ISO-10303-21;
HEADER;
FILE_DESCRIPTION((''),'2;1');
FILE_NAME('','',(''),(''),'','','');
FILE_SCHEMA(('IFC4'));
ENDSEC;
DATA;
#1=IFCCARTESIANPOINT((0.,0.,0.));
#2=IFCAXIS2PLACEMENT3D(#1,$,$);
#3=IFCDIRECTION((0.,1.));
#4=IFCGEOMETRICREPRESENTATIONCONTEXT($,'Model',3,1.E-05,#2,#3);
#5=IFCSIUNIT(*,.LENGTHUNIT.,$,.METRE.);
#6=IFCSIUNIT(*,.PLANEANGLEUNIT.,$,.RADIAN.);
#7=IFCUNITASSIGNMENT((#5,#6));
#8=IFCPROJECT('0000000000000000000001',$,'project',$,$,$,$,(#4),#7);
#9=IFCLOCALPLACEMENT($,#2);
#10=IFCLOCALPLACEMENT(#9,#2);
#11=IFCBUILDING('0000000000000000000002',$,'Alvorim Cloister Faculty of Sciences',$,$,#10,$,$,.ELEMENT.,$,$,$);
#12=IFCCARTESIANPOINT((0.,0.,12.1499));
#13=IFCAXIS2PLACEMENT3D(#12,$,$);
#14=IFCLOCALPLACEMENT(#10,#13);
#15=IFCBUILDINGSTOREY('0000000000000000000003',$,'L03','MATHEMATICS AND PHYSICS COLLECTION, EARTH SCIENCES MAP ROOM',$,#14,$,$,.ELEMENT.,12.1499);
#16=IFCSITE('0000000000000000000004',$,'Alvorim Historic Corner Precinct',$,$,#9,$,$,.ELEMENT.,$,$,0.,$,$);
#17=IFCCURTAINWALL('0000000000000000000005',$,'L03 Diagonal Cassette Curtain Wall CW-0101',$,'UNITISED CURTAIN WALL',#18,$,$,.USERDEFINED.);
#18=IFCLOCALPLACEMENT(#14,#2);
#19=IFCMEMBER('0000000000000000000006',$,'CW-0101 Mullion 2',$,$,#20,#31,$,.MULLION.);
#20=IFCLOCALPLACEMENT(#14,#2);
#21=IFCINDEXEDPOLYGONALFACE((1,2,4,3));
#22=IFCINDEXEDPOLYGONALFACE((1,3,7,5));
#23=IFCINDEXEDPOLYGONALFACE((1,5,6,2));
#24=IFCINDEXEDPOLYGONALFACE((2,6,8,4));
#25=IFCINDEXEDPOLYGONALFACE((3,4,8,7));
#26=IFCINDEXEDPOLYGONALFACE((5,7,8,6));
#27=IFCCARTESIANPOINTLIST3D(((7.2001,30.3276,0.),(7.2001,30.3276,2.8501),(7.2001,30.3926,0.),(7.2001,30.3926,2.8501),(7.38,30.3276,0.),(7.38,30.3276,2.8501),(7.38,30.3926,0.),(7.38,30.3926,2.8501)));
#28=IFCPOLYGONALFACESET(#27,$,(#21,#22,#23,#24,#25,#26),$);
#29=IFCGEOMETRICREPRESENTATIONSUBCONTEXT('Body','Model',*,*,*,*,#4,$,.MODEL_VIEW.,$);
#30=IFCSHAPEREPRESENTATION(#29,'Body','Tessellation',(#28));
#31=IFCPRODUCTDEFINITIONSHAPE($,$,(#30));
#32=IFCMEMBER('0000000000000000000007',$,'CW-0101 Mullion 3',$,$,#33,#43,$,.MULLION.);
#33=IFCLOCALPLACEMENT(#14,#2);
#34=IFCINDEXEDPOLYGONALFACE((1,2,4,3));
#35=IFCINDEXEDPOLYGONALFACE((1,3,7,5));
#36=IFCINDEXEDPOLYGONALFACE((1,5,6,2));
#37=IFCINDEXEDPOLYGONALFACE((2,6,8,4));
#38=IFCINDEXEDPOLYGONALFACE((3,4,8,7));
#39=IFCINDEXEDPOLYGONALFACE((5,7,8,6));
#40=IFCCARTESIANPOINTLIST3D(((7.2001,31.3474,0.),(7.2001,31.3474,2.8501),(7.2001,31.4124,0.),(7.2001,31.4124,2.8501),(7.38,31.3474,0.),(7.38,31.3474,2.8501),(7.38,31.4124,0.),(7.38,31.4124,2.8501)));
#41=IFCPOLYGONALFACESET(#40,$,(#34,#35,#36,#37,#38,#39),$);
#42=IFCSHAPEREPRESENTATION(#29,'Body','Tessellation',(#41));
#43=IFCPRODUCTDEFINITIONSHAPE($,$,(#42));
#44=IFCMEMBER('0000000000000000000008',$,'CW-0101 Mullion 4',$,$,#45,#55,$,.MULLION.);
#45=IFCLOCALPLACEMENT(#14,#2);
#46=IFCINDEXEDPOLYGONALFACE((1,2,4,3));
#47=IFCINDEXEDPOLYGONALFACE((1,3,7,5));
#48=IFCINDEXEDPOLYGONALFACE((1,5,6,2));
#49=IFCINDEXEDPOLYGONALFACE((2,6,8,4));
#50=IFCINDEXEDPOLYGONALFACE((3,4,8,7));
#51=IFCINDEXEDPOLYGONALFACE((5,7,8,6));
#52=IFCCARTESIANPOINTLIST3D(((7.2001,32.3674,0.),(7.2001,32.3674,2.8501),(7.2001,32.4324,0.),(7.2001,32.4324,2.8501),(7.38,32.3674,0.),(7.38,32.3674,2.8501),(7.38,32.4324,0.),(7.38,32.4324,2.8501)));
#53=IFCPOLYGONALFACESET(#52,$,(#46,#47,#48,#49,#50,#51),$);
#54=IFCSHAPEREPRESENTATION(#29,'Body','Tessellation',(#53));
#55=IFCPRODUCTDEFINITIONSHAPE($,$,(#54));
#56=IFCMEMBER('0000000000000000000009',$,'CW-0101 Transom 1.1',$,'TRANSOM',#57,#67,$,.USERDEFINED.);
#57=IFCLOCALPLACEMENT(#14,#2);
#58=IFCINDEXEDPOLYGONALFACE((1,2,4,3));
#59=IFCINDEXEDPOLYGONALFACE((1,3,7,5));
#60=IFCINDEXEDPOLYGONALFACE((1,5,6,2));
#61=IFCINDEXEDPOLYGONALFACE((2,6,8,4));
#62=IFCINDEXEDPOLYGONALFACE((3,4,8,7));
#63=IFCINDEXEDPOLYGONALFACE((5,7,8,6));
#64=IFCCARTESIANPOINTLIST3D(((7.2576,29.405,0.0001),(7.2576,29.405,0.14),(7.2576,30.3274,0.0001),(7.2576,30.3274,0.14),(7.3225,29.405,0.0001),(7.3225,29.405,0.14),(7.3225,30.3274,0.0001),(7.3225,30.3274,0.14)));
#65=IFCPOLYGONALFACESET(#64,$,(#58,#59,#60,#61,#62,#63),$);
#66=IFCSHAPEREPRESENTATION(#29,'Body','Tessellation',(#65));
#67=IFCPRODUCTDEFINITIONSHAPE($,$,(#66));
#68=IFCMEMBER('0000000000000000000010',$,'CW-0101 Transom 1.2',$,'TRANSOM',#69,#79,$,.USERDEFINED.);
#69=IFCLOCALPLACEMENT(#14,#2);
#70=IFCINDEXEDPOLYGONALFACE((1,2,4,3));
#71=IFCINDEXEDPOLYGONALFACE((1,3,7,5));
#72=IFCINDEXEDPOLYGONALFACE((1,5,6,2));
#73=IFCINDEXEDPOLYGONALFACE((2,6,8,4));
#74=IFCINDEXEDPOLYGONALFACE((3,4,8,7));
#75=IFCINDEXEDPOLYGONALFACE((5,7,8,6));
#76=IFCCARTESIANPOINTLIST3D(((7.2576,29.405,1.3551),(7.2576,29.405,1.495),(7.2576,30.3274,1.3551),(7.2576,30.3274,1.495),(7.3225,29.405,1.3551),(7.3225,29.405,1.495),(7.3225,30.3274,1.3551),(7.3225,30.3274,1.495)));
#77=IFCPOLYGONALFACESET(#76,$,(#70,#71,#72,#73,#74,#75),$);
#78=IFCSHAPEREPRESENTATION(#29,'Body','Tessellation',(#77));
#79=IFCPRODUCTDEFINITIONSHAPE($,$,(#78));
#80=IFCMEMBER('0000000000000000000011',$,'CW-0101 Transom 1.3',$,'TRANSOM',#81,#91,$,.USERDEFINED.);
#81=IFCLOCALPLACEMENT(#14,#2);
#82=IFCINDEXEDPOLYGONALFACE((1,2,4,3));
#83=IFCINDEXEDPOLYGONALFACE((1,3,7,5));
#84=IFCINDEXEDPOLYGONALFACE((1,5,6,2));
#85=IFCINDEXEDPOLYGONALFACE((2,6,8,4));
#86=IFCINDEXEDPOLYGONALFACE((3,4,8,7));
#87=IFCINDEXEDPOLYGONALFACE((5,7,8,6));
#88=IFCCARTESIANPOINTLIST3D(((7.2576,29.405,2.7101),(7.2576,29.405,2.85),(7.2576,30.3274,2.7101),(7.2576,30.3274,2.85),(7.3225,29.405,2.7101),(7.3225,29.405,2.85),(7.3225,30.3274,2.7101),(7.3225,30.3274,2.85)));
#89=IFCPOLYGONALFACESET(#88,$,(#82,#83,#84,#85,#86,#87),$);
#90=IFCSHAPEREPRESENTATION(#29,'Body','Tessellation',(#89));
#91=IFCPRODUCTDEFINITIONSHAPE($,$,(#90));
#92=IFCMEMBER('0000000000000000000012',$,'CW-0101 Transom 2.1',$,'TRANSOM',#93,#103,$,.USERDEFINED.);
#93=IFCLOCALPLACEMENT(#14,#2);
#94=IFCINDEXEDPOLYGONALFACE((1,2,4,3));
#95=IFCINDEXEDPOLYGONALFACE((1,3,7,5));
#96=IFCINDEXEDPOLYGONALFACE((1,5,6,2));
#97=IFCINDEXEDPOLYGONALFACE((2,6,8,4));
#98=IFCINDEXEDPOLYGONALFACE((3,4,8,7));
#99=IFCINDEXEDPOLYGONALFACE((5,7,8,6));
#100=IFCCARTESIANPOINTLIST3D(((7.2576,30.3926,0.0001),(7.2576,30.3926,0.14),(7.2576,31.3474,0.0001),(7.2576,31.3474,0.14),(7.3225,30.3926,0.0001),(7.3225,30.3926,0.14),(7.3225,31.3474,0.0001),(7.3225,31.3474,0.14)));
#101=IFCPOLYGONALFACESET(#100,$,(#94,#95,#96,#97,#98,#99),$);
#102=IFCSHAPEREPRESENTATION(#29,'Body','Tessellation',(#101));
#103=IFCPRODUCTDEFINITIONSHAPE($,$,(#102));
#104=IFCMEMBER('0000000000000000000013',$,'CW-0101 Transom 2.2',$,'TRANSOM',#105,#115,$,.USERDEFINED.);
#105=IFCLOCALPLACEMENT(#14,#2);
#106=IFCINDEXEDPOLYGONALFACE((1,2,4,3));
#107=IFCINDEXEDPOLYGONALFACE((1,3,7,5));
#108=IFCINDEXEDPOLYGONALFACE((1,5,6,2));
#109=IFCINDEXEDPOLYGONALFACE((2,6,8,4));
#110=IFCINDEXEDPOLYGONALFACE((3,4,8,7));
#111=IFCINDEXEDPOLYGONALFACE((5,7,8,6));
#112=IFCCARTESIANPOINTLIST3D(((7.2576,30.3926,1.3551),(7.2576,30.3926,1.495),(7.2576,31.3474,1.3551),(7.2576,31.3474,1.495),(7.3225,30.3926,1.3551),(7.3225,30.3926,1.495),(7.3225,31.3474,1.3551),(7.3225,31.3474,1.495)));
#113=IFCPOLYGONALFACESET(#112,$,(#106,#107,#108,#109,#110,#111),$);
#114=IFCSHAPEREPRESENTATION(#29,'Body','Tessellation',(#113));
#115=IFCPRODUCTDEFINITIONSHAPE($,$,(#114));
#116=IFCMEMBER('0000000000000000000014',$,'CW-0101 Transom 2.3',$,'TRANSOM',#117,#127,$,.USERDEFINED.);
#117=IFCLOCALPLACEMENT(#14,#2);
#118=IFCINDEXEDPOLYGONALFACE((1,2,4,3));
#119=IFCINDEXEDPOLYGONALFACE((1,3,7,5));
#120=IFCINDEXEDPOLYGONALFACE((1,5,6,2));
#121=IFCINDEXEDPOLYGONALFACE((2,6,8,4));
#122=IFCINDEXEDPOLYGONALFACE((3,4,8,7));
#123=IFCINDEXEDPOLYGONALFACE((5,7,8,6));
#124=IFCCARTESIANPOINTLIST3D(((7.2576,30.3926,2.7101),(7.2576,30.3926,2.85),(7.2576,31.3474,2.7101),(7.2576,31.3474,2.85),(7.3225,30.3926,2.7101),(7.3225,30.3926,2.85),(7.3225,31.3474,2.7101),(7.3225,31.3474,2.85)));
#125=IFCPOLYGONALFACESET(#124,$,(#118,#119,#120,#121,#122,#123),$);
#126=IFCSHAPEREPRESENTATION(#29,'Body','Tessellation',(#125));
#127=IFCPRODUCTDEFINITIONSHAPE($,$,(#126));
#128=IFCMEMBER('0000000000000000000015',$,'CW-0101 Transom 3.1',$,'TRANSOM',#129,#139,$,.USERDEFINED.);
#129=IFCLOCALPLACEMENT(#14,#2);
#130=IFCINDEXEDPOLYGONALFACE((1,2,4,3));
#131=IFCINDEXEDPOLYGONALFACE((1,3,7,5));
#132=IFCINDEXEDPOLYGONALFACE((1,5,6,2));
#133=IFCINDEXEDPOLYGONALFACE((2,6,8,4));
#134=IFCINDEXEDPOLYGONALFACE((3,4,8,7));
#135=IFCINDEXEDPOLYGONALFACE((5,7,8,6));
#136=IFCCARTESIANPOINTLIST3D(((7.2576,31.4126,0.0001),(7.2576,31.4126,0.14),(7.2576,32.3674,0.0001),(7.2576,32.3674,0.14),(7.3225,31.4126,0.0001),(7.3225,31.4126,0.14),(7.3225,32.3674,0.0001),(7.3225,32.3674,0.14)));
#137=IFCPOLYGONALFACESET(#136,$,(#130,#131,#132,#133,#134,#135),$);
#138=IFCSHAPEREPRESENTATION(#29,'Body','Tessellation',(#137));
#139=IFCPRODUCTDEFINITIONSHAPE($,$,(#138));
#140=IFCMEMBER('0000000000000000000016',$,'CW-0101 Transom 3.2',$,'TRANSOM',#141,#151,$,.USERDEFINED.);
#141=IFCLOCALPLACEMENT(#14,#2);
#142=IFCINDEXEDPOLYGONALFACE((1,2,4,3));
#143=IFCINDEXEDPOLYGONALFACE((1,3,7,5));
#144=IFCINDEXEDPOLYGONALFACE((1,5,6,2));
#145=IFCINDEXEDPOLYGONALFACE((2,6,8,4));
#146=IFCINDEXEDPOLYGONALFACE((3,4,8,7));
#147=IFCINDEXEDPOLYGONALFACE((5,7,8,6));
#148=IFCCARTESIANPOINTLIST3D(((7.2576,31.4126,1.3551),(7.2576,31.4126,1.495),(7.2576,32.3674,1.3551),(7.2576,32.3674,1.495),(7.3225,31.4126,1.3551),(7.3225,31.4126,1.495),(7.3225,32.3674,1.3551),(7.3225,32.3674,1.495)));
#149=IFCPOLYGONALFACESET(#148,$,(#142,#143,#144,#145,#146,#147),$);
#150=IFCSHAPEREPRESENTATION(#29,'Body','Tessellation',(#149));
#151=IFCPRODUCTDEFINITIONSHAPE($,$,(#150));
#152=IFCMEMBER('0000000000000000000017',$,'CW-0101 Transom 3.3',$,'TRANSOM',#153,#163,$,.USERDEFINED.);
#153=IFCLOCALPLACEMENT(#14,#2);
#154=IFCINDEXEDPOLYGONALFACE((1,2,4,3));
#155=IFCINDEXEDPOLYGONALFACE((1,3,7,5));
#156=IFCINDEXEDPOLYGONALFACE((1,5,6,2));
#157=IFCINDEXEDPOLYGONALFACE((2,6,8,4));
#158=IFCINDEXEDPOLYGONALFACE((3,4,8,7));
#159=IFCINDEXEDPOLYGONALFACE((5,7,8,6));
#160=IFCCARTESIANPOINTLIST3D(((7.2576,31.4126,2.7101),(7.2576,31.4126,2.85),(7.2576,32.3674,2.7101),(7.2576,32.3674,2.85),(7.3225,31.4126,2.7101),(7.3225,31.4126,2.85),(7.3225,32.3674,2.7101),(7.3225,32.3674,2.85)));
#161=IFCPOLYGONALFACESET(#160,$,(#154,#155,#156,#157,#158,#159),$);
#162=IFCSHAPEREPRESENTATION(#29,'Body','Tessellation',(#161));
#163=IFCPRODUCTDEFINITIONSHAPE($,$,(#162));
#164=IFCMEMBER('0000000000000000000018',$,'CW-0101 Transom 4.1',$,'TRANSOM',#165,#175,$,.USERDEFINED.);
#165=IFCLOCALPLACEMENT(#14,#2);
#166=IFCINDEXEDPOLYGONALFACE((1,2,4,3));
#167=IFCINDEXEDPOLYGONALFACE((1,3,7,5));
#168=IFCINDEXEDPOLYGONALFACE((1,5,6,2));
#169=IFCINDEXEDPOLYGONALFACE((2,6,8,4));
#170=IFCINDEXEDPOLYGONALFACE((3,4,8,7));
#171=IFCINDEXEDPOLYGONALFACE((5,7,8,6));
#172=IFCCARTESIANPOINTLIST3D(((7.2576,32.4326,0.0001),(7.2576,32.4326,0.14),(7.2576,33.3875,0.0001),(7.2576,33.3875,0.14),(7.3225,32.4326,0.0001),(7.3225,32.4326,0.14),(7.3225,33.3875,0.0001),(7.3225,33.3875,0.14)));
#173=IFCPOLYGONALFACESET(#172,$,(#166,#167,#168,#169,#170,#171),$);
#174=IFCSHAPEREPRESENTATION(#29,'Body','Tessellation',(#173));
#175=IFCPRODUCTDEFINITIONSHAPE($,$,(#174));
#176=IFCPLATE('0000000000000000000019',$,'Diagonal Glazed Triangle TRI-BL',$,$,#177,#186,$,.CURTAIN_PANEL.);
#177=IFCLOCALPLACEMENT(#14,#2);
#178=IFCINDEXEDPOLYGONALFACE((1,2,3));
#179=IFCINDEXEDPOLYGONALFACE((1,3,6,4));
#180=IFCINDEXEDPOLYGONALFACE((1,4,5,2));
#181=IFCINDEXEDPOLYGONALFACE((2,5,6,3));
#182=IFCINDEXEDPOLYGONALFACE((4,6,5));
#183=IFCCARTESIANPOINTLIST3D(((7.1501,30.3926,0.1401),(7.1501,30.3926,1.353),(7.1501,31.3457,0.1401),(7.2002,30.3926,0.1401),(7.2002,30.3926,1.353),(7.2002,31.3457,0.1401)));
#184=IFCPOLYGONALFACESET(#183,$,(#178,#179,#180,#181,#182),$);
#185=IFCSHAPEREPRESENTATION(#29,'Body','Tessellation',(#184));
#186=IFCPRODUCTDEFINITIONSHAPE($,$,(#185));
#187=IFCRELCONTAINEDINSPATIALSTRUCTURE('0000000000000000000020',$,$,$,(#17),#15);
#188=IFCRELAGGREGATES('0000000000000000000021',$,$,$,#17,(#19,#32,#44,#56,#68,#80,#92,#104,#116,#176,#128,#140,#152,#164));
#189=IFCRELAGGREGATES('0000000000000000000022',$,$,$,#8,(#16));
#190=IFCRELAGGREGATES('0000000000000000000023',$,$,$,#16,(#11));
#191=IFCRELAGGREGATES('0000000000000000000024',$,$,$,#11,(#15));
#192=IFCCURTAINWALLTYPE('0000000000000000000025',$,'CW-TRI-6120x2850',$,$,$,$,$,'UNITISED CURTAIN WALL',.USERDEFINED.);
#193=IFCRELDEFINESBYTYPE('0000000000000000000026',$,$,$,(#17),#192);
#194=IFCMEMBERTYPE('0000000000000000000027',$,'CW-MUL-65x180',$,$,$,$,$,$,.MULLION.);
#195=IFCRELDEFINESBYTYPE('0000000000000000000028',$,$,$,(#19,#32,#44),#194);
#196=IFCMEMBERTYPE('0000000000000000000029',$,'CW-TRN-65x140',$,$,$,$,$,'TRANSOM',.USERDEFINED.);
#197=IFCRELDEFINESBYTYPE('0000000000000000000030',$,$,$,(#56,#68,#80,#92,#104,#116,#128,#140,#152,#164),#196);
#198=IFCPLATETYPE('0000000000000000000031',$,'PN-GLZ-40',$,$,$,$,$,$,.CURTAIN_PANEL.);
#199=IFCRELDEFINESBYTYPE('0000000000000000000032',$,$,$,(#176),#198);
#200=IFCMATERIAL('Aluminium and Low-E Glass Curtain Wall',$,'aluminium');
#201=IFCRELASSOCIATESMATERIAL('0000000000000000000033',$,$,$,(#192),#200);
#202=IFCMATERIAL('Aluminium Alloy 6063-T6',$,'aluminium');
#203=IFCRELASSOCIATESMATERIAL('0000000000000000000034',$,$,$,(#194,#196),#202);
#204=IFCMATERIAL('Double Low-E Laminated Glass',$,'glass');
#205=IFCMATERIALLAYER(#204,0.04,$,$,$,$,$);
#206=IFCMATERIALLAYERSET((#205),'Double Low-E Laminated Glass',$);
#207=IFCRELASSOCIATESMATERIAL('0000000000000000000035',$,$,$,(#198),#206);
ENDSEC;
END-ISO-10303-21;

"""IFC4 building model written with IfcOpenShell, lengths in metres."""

from ifc_helpers import new_model, si_unit, direction, frame, origin, origin_2d, place, context, subcontext, project, spatial, polyline, rectangle, outline, extrude, material, layer, layer_set, material_profile, profile_set, type_object, element, aggregate, save


model = new_model("IFC4")

# Units and contexts
model_context = context("Model", 3, precision=1e-05, world=origin(), true_north=direction((0.0, 1.0)))
body_context = subcontext(model_context, "Body", "Model", "MODEL_VIEW")
ifc_project = project(units=[si_unit("LENGTHUNIT", "METRE"), si_unit("PLANEANGLEUNIT", "RADIAN")], contexts=[model_context])

# Site, building, storey
site_placement = place(None, origin())
site = spatial("IfcSite", under=ifc_project, at=site_placement, Name="Alvorim Historic Corner Precinct", CompositionType="ELEMENT", RefElevation=0.0)
building_placement = place(site_placement, origin())
building = spatial("IfcBuilding", under=site, at=building_placement, Name="Alvorim Cloister Faculty of Sciences", CompositionType="ELEMENT")
storey_placement = place(building_placement, frame((0.0, 0.0, 12.1499)))
storey = spatial("IfcBuildingStorey", under=building, at=storey_placement, Name="L03", Description="MATHEMATICS AND PHYSICS COLLECTION, EARTH SCIENCES MAP ROOM", CompositionType="ELEMENT", Elevation=12.1499)

# Curtain wall, members, plate
ifc_material_1 = material(Name="Aluminium and Low-E Glass Curtain Wall", Category="aluminium")
curtain_wall_type = type_object("IfcCurtainWallType", Name="CW-TRI-6120x2850", ElementType="UNITISED CURTAIN WALL", PredefinedType="USERDEFINED", material=ifc_material_1)
curtain_wall_placement = place(storey_placement, origin())
curtain_wall = element("IfcCurtainWall", 1, at=curtain_wall_placement, inside=storey, type_object=curtain_wall_type, Name="L03 Diagonal Cassette Curtain Wall CW-0101", ObjectType="UNITISED CURTAIN WALL", PredefinedType="USERDEFINED")
ifc_material_2 = material(Name="Aluminium Alloy 6063-T6", Category="aluminium")
ifc_material_profile_1 = material_profile(ifc_material_2, rectangle(XDim=0.0649, YDim=0.1799, at=origin_2d()), Name="ALU-MUL-65x180")
ifc_profile_set_1 = profile_set([ifc_material_profile_1], Name="Aluminium Alloy 6063-T6")
member_type_1 = type_object("IfcMemberType", Name="CW-MUL-65x180", PredefinedType="MULLION", material=ifc_profile_set_1)
member_1_placement = place(storey_placement, frame((7.29, 30.3601, 0.0), z_axis=(0.0, 0.0, 1.0), x_axis=(0.0, 1.0, 0.0)))
member_1 = element("IfcMember", 2, at=member_1_placement, type_object=member_type_1, Name="CW-0101 Mullion 2", PredefinedType="MULLION", context=body_context, shape_type="SweptSolid", body=[
    extrude(rectangle(XDim=0.0649, YDim=0.1799, at=origin_2d()), origin(), (0.0, 0.0, 1.0), 2.8501),
])
member_2_placement = place(storey_placement, frame((7.29, 31.3799, 0.0), z_axis=(0.0, 0.0, 1.0), x_axis=(0.0, 1.0, 0.0)))
member_2 = element("IfcMember", 3, at=member_2_placement, type_object=member_type_1, Name="CW-0101 Mullion 3", PredefinedType="MULLION", context=body_context, shape_type="SweptSolid", body=[
    extrude(rectangle(XDim=0.0649, YDim=0.1799, at=origin_2d()), origin(), (0.0, 0.0, 1.0), 2.8501),
])
member_3_placement = place(storey_placement, frame((7.29, 32.3999, 0.0), z_axis=(0.0, 0.0, 1.0), x_axis=(0.0, 1.0, 0.0)))
member_3 = element("IfcMember", 4, at=member_3_placement, type_object=member_type_1, Name="CW-0101 Mullion 4", PredefinedType="MULLION", context=body_context, shape_type="SweptSolid", body=[
    extrude(rectangle(XDim=0.0649, YDim=0.1799, at=origin_2d()), origin(), (0.0, 0.0, 1.0), 2.8501),
])
ifc_material_profile_2 = material_profile(ifc_material_2, rectangle(XDim=0.0649, YDim=0.1399, at=origin_2d()), Name="ALU-TRN-65x140")
ifc_profile_set_2 = profile_set([ifc_material_profile_2], Name="Aluminium Alloy 6063-T6")
member_type_2 = type_object("IfcMemberType", Name="CW-TRN-65x140", ElementType="TRANSOM", PredefinedType="USERDEFINED", material=ifc_profile_set_2)
member_4_placement = place(storey_placement, frame((7.29, 29.405, 0.0701), z_axis=(0.0, 1.0, 0.0), x_axis=(-1.0, 0.0, 0.0)))
member_4 = element("IfcMember", 5, at=member_4_placement, type_object=member_type_2, Name="CW-0101 Transom 1.1", ObjectType="TRANSOM", PredefinedType="USERDEFINED", context=body_context, shape_type="SweptSolid", body=[
    extrude(rectangle(XDim=0.0649, YDim=0.1399, at=origin_2d()), origin(), (0.0, 0.0, 1.0), 0.9224),
])
member_5_placement = place(storey_placement, frame((7.29, 29.405, 1.425), z_axis=(0.0, 1.0, 0.0), x_axis=(-1.0, 0.0, 0.0)))
member_5 = element("IfcMember", 6, at=member_5_placement, type_object=member_type_2, Name="CW-0101 Transom 1.2", ObjectType="TRANSOM", PredefinedType="USERDEFINED", context=body_context, shape_type="SweptSolid", body=[
    extrude(rectangle(XDim=0.0649, YDim=0.1399, at=origin_2d()), origin(), (0.0, 0.0, 1.0), 0.9224),
])
member_6_placement = place(storey_placement, frame((7.29, 29.405, 2.78), z_axis=(0.0, 1.0, 0.0), x_axis=(-1.0, 0.0, 0.0)))
member_6 = element("IfcMember", 7, at=member_6_placement, type_object=member_type_2, Name="CW-0101 Transom 1.3", ObjectType="TRANSOM", PredefinedType="USERDEFINED", context=body_context, shape_type="SweptSolid", body=[
    extrude(rectangle(XDim=0.0649, YDim=0.1399, at=origin_2d()), origin(), (0.0, 0.0, 1.0), 0.9224),
])
member_7_placement = place(storey_placement, frame((7.29, 30.3926, 0.0701), z_axis=(0.0, 1.0, 0.0), x_axis=(-1.0, 0.0, 0.0)))
member_7 = element("IfcMember", 8, at=member_7_placement, type_object=member_type_2, Name="CW-0101 Transom 2.1", ObjectType="TRANSOM", PredefinedType="USERDEFINED", context=body_context, shape_type="SweptSolid", body=[
    extrude(rectangle(XDim=0.0649, YDim=0.1399, at=origin_2d()), origin(), (0.0, 0.0, 1.0), 0.9548),
])
member_8_placement = place(storey_placement, frame((7.29, 30.3926, 1.425), z_axis=(0.0, 1.0, 0.0), x_axis=(-1.0, 0.0, 0.0)))
member_8 = element("IfcMember", 9, at=member_8_placement, type_object=member_type_2, Name="CW-0101 Transom 2.2", ObjectType="TRANSOM", PredefinedType="USERDEFINED", context=body_context, shape_type="SweptSolid", body=[
    extrude(rectangle(XDim=0.0649, YDim=0.1399, at=origin_2d()), origin(), (0.0, 0.0, 1.0), 0.9548),
])
member_9_placement = place(storey_placement, frame((7.29, 30.3926, 2.78), z_axis=(0.0, 1.0, 0.0), x_axis=(-1.0, 0.0, 0.0)))
member_9 = element("IfcMember", 10, at=member_9_placement, type_object=member_type_2, Name="CW-0101 Transom 2.3", ObjectType="TRANSOM", PredefinedType="USERDEFINED", context=body_context, shape_type="SweptSolid", body=[
    extrude(rectangle(XDim=0.0649, YDim=0.1399, at=origin_2d()), origin(), (0.0, 0.0, 1.0), 0.9548),
])
member_10_placement = place(storey_placement, frame((7.29, 31.4126, 0.0701), z_axis=(0.0, 1.0, 0.0), x_axis=(-1.0, 0.0, 0.0)))
member_10 = element("IfcMember", 11, at=member_10_placement, type_object=member_type_2, Name="CW-0101 Transom 3.1", ObjectType="TRANSOM", PredefinedType="USERDEFINED", context=body_context, shape_type="SweptSolid", body=[
    extrude(rectangle(XDim=0.0649, YDim=0.1399, at=origin_2d()), origin(), (0.0, 0.0, 1.0), 0.9548),
])
member_11_placement = place(storey_placement, frame((7.29, 31.4126, 1.425), z_axis=(0.0, 1.0, 0.0), x_axis=(-1.0, 0.0, 0.0)))
member_11 = element("IfcMember", 12, at=member_11_placement, type_object=member_type_2, Name="CW-0101 Transom 3.2", ObjectType="TRANSOM", PredefinedType="USERDEFINED", context=body_context, shape_type="SweptSolid", body=[
    extrude(rectangle(XDim=0.0649, YDim=0.1399, at=origin_2d()), origin(), (0.0, 0.0, 1.0), 0.9548),
])
member_12_placement = place(storey_placement, frame((7.29, 31.4126, 2.78), z_axis=(0.0, 1.0, 0.0), x_axis=(-1.0, 0.0, 0.0)))
member_12 = element("IfcMember", 13, at=member_12_placement, type_object=member_type_2, Name="CW-0101 Transom 3.3", ObjectType="TRANSOM", PredefinedType="USERDEFINED", context=body_context, shape_type="SweptSolid", body=[
    extrude(rectangle(XDim=0.0649, YDim=0.1399, at=origin_2d()), origin(), (0.0, 0.0, 1.0), 0.9548),
])
member_13_placement = place(storey_placement, frame((7.29, 32.4326, 0.0701), z_axis=(0.0, 1.0, 0.0), x_axis=(-1.0, 0.0, 0.0)))
member_13 = element("IfcMember", 14, at=member_13_placement, type_object=member_type_2, Name="CW-0101 Transom 4.1", ObjectType="TRANSOM", PredefinedType="USERDEFINED", context=body_context, shape_type="SweptSolid", body=[
    extrude(rectangle(XDim=0.0649, YDim=0.1399, at=origin_2d()), origin(), (0.0, 0.0, 1.0), 0.9548),
])
ifc_material_3 = material(Name="Double Low-E Laminated Glass", Category="glass")
ifc_layer = layer(ifc_material_3, 0.04)
ifc_layer_set = layer_set([ifc_layer], Name="Double Low-E Laminated Glass")
plate_type = type_object("IfcPlateType", Name="PN-GLZ-40", PredefinedType="CURTAIN_PANEL", material=ifc_layer_set)
plate_1_placement = place(storey_placement, frame((7.175, 30.3926, 0.1401), z_axis=(0.0, 0.0, 1.0), x_axis=(0.0, 1.0, 0.0)))
plate_1 = element("IfcPlate", 15, at=plate_1_placement, type_object=plate_type, Name="Diagonal Glazed Triangle TRI-BL", PredefinedType="CURTAIN_PANEL", context=body_context, shape_type="SweptSolid", body=[
    extrude(outline(polyline([(0.0, 0.0), (0.9531, 0.0), (0.0, 1.2129), (0.0, 0.0)])), frame((0.0, 0.0249, 0.0), z_axis=(0.0, -1.0, 0.0), x_axis=(1.0, 0.0, 0.0)), (0.0, 0.0, 1.0), 0.05),
])
aggregate(curtain_wall, [member_1, member_2, member_3, member_4, member_5, member_6, member_7, member_8, member_9, plate_1, member_10, member_11, member_12, member_13])

save(model, "model.ifc")
